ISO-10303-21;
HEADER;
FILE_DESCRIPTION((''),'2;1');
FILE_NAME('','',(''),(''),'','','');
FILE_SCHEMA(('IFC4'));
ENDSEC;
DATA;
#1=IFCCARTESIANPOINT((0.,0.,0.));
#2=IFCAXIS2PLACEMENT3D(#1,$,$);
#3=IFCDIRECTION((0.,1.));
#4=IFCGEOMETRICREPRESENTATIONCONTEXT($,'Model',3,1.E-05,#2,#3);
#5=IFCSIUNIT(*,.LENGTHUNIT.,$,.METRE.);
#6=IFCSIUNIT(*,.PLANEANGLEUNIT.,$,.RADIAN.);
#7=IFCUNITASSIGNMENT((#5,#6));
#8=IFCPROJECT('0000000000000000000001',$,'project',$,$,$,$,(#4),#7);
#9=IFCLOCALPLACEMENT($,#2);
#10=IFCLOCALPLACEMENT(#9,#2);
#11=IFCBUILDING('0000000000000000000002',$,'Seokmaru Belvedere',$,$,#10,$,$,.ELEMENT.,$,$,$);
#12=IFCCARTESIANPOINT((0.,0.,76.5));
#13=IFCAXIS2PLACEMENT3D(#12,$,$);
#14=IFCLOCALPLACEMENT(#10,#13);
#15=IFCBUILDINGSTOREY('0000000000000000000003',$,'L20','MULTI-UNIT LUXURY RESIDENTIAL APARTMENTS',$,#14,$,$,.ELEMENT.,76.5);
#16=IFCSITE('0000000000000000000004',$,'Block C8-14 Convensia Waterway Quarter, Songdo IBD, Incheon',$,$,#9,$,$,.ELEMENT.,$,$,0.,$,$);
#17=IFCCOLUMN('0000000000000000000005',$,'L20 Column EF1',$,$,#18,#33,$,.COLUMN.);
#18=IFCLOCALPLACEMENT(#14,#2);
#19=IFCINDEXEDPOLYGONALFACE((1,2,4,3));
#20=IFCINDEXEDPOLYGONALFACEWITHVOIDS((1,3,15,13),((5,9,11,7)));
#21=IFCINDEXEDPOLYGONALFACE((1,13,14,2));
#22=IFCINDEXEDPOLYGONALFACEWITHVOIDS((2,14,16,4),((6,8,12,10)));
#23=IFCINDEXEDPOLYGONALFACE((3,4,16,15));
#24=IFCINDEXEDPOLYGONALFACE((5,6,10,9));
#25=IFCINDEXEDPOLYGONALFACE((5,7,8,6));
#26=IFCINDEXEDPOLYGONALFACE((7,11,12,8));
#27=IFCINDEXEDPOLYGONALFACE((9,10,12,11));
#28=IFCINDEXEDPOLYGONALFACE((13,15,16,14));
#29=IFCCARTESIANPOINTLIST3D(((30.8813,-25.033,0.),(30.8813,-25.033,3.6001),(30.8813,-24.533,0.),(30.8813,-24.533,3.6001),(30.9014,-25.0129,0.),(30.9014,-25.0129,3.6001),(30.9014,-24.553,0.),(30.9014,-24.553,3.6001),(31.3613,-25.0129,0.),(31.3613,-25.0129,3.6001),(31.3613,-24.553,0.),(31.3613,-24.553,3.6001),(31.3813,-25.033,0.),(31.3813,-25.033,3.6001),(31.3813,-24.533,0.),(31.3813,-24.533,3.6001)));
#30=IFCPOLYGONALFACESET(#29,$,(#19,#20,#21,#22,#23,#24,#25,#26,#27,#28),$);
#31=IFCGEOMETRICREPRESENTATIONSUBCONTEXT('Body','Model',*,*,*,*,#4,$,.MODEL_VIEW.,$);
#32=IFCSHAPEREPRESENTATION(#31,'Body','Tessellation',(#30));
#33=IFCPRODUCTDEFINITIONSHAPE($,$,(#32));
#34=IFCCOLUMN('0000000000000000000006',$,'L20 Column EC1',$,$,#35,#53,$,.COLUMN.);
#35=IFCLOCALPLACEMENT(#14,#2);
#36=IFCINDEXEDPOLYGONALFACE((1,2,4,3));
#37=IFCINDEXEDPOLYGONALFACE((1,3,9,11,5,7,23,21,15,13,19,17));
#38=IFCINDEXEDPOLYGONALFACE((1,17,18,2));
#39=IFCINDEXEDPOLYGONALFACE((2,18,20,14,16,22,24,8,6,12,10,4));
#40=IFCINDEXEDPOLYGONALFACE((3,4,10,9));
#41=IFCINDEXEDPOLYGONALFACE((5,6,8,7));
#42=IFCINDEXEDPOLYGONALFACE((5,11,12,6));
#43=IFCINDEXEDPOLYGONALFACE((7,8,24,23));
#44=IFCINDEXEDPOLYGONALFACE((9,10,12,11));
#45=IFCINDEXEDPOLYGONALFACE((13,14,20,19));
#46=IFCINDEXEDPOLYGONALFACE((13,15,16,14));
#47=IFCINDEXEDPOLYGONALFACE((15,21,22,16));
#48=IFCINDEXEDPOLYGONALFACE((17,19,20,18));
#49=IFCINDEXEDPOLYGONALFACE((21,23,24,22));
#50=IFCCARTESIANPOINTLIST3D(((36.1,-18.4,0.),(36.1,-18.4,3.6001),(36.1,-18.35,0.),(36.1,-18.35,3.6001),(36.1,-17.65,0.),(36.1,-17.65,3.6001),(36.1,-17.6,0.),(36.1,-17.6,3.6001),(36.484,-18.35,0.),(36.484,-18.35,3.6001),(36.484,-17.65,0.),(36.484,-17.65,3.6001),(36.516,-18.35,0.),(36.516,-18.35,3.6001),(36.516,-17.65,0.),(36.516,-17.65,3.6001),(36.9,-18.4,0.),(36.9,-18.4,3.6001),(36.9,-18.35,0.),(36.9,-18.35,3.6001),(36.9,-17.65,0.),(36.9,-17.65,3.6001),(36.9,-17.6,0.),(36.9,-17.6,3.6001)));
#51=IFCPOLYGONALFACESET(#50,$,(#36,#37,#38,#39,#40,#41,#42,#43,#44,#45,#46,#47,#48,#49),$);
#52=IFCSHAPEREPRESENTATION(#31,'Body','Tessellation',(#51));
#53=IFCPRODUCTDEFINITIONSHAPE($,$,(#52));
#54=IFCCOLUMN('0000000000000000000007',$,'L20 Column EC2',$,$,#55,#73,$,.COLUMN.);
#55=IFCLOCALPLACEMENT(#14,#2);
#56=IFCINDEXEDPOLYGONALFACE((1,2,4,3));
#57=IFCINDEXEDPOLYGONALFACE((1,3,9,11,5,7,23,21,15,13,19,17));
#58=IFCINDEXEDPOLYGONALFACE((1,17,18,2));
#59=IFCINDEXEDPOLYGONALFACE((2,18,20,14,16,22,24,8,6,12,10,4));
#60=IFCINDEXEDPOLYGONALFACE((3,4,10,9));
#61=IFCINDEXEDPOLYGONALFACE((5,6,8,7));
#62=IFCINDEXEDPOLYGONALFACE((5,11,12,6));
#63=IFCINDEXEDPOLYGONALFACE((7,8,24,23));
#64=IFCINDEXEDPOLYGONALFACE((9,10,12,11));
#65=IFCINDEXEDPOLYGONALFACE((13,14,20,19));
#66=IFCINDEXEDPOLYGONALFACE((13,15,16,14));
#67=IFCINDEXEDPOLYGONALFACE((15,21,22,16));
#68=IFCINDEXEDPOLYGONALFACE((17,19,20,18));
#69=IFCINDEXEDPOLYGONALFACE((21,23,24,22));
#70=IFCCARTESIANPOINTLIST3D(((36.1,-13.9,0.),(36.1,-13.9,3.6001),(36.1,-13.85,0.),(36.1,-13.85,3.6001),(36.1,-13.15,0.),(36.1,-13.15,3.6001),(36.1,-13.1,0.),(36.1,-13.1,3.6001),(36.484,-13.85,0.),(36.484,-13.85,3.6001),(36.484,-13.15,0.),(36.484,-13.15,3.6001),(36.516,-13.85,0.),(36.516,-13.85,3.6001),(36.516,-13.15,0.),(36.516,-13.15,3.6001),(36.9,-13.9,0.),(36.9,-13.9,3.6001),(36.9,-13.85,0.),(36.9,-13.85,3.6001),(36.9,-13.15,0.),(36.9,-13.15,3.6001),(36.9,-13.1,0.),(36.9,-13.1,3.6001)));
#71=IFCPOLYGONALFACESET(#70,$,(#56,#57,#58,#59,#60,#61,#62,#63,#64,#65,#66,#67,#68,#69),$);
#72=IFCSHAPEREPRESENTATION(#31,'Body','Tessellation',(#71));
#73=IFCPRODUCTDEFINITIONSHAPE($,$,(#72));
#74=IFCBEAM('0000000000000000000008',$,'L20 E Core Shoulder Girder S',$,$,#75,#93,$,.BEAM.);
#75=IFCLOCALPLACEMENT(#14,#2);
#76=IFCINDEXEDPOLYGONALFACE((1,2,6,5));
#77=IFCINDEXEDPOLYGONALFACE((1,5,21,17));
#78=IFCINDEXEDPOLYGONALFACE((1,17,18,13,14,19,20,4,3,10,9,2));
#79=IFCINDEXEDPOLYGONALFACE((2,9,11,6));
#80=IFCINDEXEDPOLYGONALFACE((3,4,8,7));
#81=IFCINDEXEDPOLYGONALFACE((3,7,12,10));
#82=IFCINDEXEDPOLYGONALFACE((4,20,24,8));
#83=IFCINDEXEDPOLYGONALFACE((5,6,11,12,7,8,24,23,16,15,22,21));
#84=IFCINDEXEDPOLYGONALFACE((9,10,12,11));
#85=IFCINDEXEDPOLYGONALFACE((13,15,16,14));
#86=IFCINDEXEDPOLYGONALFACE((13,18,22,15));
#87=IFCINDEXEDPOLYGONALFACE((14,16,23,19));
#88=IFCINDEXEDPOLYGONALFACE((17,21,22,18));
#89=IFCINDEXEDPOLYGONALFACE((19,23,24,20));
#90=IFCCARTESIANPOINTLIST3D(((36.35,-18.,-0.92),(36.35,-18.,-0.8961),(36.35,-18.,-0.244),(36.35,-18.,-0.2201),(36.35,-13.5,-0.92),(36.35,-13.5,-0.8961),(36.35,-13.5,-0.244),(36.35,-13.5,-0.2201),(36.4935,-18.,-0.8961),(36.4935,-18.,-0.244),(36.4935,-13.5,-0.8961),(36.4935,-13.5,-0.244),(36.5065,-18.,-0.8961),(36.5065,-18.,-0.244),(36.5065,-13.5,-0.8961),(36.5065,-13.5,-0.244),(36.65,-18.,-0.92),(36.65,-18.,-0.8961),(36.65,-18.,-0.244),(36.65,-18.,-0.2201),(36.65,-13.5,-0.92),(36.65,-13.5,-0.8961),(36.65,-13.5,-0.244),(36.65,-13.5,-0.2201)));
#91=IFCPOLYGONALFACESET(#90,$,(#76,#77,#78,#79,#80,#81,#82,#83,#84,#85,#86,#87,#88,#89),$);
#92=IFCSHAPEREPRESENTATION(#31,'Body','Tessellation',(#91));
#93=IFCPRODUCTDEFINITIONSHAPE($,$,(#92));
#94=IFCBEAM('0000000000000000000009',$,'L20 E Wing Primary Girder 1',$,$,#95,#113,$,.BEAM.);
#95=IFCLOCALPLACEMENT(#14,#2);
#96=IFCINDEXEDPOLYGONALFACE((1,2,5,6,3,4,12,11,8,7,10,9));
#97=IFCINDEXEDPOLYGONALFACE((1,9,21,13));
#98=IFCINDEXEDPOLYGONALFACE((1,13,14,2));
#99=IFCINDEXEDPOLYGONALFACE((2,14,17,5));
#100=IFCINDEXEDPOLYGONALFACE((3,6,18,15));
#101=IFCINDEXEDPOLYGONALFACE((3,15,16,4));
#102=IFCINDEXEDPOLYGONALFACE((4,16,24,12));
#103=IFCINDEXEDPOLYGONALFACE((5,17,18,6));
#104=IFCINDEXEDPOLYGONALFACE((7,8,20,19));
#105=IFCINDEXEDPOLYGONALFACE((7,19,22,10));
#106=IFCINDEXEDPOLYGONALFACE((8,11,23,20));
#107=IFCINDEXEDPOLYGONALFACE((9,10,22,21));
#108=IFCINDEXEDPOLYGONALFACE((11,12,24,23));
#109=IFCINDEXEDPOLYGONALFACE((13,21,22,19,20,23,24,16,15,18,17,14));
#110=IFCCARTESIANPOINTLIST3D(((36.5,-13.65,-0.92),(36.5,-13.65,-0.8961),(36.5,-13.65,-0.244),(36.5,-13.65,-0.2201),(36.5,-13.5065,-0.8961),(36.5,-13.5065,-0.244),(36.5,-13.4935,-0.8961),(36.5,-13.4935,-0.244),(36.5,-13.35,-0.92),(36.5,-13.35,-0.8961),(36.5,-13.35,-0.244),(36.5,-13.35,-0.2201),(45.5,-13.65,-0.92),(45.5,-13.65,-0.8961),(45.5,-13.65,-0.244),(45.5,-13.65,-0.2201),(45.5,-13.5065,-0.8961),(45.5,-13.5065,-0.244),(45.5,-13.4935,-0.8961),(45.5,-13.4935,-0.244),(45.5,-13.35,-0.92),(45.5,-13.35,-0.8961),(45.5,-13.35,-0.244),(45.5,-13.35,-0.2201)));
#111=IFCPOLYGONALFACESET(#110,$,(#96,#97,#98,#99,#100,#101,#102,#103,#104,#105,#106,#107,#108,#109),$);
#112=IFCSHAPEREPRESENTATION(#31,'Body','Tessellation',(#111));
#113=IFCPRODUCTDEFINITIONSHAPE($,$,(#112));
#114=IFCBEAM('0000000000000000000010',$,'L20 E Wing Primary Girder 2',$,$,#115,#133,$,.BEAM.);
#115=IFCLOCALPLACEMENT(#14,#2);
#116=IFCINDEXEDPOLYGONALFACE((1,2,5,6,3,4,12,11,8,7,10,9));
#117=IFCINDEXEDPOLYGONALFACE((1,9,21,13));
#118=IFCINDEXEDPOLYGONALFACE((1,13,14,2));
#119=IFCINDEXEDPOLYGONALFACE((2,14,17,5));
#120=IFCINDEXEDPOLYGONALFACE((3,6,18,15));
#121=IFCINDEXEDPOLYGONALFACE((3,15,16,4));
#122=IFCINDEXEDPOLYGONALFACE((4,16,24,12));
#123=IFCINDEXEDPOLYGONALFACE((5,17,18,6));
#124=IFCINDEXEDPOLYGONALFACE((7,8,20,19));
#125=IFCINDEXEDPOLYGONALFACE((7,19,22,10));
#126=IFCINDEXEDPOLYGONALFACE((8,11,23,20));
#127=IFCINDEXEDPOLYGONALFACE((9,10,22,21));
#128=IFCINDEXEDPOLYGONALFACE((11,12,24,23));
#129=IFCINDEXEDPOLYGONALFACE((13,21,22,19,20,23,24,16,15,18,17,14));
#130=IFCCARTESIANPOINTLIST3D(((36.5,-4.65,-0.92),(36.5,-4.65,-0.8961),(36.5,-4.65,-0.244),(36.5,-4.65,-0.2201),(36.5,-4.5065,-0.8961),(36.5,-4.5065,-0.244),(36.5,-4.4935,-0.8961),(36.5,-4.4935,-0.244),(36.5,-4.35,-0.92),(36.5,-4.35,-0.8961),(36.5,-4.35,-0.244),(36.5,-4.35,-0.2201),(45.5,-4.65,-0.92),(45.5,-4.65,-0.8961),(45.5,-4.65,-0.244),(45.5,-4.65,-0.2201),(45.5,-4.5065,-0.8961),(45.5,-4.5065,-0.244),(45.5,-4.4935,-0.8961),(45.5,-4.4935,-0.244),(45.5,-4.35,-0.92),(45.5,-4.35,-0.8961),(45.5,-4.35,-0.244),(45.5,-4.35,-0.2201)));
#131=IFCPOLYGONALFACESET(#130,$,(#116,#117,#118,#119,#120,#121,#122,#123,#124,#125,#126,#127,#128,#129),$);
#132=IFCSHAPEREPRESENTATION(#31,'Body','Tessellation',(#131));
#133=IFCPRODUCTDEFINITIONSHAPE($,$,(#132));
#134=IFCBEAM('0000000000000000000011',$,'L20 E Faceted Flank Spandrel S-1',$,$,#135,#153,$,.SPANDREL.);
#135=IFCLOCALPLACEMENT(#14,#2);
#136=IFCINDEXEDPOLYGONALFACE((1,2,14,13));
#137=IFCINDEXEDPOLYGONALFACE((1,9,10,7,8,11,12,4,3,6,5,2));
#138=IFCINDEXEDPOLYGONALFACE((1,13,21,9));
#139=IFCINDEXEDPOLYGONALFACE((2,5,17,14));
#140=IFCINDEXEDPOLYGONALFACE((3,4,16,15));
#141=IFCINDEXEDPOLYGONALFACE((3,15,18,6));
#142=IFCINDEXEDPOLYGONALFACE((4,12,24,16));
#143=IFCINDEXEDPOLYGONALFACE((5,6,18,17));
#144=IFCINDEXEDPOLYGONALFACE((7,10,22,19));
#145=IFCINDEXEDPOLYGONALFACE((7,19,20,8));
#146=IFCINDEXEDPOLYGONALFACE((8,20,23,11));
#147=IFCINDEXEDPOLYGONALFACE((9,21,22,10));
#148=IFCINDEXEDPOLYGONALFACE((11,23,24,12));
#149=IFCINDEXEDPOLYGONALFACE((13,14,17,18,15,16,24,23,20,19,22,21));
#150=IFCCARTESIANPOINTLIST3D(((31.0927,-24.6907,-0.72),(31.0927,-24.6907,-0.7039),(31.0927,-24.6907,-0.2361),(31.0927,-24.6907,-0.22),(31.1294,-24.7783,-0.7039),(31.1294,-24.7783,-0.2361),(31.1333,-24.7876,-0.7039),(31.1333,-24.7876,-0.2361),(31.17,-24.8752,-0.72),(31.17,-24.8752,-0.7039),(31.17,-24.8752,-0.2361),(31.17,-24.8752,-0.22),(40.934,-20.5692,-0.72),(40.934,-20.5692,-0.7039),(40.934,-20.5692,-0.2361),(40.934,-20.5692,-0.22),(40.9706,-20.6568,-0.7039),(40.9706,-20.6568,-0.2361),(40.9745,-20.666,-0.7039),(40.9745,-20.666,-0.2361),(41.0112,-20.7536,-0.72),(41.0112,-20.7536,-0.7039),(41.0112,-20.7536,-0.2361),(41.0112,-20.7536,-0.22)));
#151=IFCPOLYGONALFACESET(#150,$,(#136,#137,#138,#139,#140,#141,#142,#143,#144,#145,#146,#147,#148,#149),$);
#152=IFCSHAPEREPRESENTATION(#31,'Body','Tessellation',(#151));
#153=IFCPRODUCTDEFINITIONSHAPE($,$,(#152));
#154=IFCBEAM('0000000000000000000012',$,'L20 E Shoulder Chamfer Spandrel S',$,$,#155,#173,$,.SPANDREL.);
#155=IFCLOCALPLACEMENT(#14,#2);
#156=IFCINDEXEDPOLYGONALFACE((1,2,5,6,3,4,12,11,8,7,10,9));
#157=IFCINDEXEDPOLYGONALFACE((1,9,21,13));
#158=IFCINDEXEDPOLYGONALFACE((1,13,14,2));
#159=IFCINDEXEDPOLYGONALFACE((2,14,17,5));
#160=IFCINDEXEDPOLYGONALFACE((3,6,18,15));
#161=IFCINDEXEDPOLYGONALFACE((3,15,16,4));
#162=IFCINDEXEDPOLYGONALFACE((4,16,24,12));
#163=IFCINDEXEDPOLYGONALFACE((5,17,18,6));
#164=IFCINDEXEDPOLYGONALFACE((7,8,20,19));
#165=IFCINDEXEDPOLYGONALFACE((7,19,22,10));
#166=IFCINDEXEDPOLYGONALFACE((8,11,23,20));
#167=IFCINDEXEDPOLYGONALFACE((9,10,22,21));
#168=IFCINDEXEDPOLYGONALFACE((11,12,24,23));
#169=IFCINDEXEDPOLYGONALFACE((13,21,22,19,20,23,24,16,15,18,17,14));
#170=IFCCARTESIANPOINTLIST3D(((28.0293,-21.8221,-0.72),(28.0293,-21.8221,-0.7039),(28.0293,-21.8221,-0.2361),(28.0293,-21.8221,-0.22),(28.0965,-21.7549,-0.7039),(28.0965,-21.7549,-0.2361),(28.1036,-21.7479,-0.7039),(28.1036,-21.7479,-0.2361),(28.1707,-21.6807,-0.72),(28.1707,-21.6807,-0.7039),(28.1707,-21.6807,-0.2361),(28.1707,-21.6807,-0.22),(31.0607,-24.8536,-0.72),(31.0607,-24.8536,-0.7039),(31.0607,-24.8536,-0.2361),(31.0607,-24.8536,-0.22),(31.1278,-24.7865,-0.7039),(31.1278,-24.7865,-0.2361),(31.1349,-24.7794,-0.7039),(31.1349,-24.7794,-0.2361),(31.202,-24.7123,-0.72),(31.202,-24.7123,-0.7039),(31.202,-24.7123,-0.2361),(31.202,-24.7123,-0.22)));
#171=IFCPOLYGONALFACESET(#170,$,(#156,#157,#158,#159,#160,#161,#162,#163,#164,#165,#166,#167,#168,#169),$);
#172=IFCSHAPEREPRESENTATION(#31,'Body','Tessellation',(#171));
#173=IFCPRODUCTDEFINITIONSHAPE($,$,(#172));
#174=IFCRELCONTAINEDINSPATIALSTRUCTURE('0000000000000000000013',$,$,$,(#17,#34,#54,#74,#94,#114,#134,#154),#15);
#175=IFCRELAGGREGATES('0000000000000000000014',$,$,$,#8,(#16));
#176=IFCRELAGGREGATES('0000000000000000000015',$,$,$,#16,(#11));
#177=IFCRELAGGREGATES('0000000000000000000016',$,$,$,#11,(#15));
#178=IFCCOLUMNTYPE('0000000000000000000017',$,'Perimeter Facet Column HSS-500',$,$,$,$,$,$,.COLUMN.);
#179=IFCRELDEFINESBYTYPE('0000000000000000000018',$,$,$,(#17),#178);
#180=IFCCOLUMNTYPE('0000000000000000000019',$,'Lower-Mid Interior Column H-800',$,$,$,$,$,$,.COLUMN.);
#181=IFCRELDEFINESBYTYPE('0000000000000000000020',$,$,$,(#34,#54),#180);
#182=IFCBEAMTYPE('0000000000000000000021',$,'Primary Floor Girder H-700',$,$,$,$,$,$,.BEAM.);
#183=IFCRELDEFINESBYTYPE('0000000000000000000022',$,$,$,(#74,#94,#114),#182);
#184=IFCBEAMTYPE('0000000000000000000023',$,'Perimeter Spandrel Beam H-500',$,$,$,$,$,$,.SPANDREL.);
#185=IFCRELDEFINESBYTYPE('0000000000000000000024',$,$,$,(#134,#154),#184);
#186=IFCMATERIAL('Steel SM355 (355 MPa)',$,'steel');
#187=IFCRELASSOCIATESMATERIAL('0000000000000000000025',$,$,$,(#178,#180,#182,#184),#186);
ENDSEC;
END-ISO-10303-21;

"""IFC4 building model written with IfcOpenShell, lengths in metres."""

from ifc_helpers import new_model, si_unit, direction, frame, origin, origin_2d, place, context, subcontext, project, spatial, hollow_rectangle, i_section, extrude, source, transform, mapped, material, material_profile, profile_set, type_object, type_shapes, element, save


model = new_model("IFC4")

# Units and contexts
model_context = context("Model", 3, precision=1e-05, world=origin(), true_north=direction((0.0, 1.0)))
body_context = subcontext(model_context, "Body", "Model", "MODEL_VIEW")
ifc_project = project(units=[si_unit("LENGTHUNIT", "METRE"), si_unit("PLANEANGLEUNIT", "RADIAN")], contexts=[model_context])

# Site, building, storey
site_placement = place(None, origin())
site = spatial("IfcSite", under=ifc_project, at=site_placement, Name="Block C8-14 Convensia Waterway Quarter, Songdo IBD, Incheon", CompositionType="ELEMENT", RefElevation=0.0)
building_placement = place(site_placement, origin())
building = spatial("IfcBuilding", under=site, at=building_placement, Name="Seokmaru Belvedere", CompositionType="ELEMENT")
storey_placement = place(building_placement, frame((0.0, 0.0, 76.5)))
storey = spatial("IfcBuildingStorey", under=building, at=storey_placement, Name="L20", Description="MULTI-UNIT LUXURY RESIDENTIAL APARTMENTS", CompositionType="ELEMENT", Elevation=76.5)

# Columns
ifc_material_1 = material(Name="Steel SM355 (355 MPa)", Category="steel")
ifc_material_profile_1 = material_profile(ifc_material_1, hollow_rectangle(XDim=0.5, YDim=0.5, WallThickness=0.02, at=origin_2d()), Name="HSS-500x500x20")
ifc_profile_set_1 = profile_set([ifc_material_profile_1], Name="Steel SM355 (355 MPa)")
column_type_1 = type_object("IfcColumnType", Name="Perimeter Facet Column HSS-500", PredefinedType="COLUMN", material=ifc_profile_set_1)
shared_shape_1 = source(origin(), body_context, "Body", "SweptSolid", [
    extrude(hollow_rectangle(XDim=0.5, YDim=0.5, WallThickness=0.02, at=origin_2d()), origin(), (0.0, 0.0, 1.0), 3.6001),
])
type_shapes(column_type_1, [shared_shape_1])
column_placement = place(storey_placement, frame((31.1313, -24.783, 0.0), z_axis=(0.0, 0.0, 1.0), x_axis=(1.0, 0.0, 0.0)))
element("IfcColumn", 1, at=column_placement, inside=storey, type_object=column_type_1, Name="L20 Column EF1", PredefinedType="COLUMN", context=body_context, shape_type="MappedRepresentation", body=[
    mapped(shared_shape_1, transform((0.0, 0.0, 0.0), scale=1.0)),
])
ifc_material_profile_2 = material_profile(ifc_material_1, i_section(OverallWidth=0.8, OverallDepth=0.8, WebThickness=0.032, FlangeThickness=0.05, at=origin_2d()), Name="H-800x800x32x50")
ifc_profile_set_2 = profile_set([ifc_material_profile_2], Name="Steel SM355 (355 MPa)")
column_type_2 = type_object("IfcColumnType", Name="Lower-Mid Interior Column H-800", PredefinedType="COLUMN", material=ifc_profile_set_2)
shared_shape_2 = source(origin(), body_context, "Body", "SweptSolid", [
    extrude(i_section(OverallWidth=0.8, OverallDepth=0.8, WebThickness=0.032, FlangeThickness=0.05, at=origin_2d()), origin(), (0.0, 0.0, 1.0), 3.6001),
])
type_shapes(column_type_2, [shared_shape_2])
for number, where, z_axis, x_axis, name in (
    (2, (36.5, -18.0, 0.0), (0.0, 0.0, 1.0), (1.0, 0.0, 0.0), "L20 Column EC1"),
    (3, (36.5, -13.5, 0.0), (0.0, 0.0, 1.0), (1.0, 0.0, 0.0), "L20 Column EC2"),
):
    element("IfcColumn", number, at=place(storey_placement, frame(where, z_axis=z_axis, x_axis=x_axis)), inside=storey, type_object=column_type_2, Name=name, PredefinedType="COLUMN", context=body_context, shape_type="MappedRepresentation", body=[
        mapped(shared_shape_2, transform((0.0, 0.0, 0.0), scale=1.0)),
    ])

# Beams
ifc_material_profile_3 = material_profile(ifc_material_1, i_section(OverallWidth=0.3, OverallDepth=0.7, WebThickness=0.0129, FlangeThickness=0.0239, at=origin_2d()), Name="H-700x300x13x24")
ifc_profile_set_3 = profile_set([ifc_material_profile_3], Name="Steel SM355 (355 MPa)")
beam_type_1 = type_object("IfcBeamType", Name="Primary Floor Girder H-700", PredefinedType="BEAM", material=ifc_profile_set_3)
shared_shape_3 = source(origin(), body_context, "Body", "SweptSolid", [
    extrude(i_section(OverallWidth=0.3, OverallDepth=0.7, WebThickness=0.0129, FlangeThickness=0.0239, at=origin_2d()), origin(), (0.0, 0.0, 1.0), 4.5),
])
beam_1_placement = place(storey_placement, frame((36.5, -18.0, -0.5701), z_axis=(0.0, 1.0, 0.0), x_axis=(-1.0, 0.0, 0.0)))
element("IfcBeam", 4, at=beam_1_placement, inside=storey, type_object=beam_type_1, Name="L20 E Core Shoulder Girder S", PredefinedType="BEAM", context=body_context, shape_type="MappedRepresentation", body=[
    mapped(shared_shape_3, transform((0.0, 0.0, 0.0), scale=1.0)),
])
shared_shape_4 = source(origin(), body_context, "Body", "SweptSolid", [
    extrude(i_section(OverallWidth=0.3, OverallDepth=0.7, WebThickness=0.0129, FlangeThickness=0.0239, at=origin_2d()), origin(), (0.0, 0.0, 1.0), 9.0),
])
type_shapes(beam_type_1, [shared_shape_3, shared_shape_4])
for number, where, z_axis, x_axis, name in (
    (5, (36.5, -13.5, -0.5701), (1.0, 0.0, 0.0), (0.0, 1.0, 0.0), "L20 E Wing Primary Girder 1"),
    (6, (36.5, -4.5, -0.5701), (1.0, 0.0, 0.0), (0.0, 1.0, 0.0), "L20 E Wing Primary Girder 2"),
):
    element("IfcBeam", number, at=place(storey_placement, frame(where, z_axis=z_axis, x_axis=x_axis)), inside=storey, type_object=beam_type_1, Name=name, PredefinedType="BEAM", context=body_context, shape_type="MappedRepresentation", body=[
        mapped(shared_shape_4, transform((0.0, 0.0, 0.0), scale=1.0)),
    ])
ifc_material_profile_4 = material_profile(ifc_material_1, i_section(OverallWidth=0.2, OverallDepth=0.5, WebThickness=0.01, FlangeThickness=0.0161, at=origin_2d()), Name="H-500x200x10x16")
ifc_profile_set_4 = profile_set([ifc_material_profile_4], Name="Steel SM355 (355 MPa)")
beam_type_2 = type_object("IfcBeamType", Name="Perimeter Spandrel Beam H-500", PredefinedType="SPANDREL", material=ifc_profile_set_4)
shared_shape_5 = source(origin(), body_context, "Body", "SweptSolid", [
    extrude(i_section(OverallWidth=0.2, OverallDepth=0.5, WebThickness=0.01, FlangeThickness=0.0161, at=origin_2d()), origin(), (0.0, 0.0, 1.0), 10.6694),
])
beam_2_placement = place(storey_placement, frame((31.1313, -24.783, -0.47), z_axis=(0.922375, 0.386295, 0.0), x_axis=(-0.386295, 0.922375, 0.0)))
element("IfcBeam", 7, at=beam_2_placement, inside=storey, type_object=beam_type_2, Name="L20 E Faceted Flank Spandrel S-1", PredefinedType="SPANDREL", context=body_context, shape_type="MappedRepresentation", body=[
    mapped(shared_shape_5, transform((0.0, 0.0, 0.0), scale=1.0)),
])
shared_shape_6 = source(origin(), body_context, "Body", "SweptSolid", [
    extrude(i_section(OverallWidth=0.2, OverallDepth=0.5, WebThickness=0.01, FlangeThickness=0.0161, at=origin_2d()), origin(), (0.0, 0.0, 1.0), 4.2871),
])
type_shapes(beam_type_2, [shared_shape_5, shared_shape_6])
beam_3_placement = place(storey_placement, frame((31.1313, -24.783, -0.47), z_axis=(-0.707078, 0.707135, 0.0), x_axis=(-0.707135, -0.707078, 0.0)))
element("IfcBeam", 8, at=beam_3_placement, inside=storey, type_object=beam_type_2, Name="L20 E Shoulder Chamfer Spandrel S", PredefinedType="SPANDREL", context=body_context, shape_type="MappedRepresentation", body=[
    mapped(shared_shape_6, transform((0.0, 0.0, 0.0), scale=1.0)),
])

save(model, "model.ifc")
